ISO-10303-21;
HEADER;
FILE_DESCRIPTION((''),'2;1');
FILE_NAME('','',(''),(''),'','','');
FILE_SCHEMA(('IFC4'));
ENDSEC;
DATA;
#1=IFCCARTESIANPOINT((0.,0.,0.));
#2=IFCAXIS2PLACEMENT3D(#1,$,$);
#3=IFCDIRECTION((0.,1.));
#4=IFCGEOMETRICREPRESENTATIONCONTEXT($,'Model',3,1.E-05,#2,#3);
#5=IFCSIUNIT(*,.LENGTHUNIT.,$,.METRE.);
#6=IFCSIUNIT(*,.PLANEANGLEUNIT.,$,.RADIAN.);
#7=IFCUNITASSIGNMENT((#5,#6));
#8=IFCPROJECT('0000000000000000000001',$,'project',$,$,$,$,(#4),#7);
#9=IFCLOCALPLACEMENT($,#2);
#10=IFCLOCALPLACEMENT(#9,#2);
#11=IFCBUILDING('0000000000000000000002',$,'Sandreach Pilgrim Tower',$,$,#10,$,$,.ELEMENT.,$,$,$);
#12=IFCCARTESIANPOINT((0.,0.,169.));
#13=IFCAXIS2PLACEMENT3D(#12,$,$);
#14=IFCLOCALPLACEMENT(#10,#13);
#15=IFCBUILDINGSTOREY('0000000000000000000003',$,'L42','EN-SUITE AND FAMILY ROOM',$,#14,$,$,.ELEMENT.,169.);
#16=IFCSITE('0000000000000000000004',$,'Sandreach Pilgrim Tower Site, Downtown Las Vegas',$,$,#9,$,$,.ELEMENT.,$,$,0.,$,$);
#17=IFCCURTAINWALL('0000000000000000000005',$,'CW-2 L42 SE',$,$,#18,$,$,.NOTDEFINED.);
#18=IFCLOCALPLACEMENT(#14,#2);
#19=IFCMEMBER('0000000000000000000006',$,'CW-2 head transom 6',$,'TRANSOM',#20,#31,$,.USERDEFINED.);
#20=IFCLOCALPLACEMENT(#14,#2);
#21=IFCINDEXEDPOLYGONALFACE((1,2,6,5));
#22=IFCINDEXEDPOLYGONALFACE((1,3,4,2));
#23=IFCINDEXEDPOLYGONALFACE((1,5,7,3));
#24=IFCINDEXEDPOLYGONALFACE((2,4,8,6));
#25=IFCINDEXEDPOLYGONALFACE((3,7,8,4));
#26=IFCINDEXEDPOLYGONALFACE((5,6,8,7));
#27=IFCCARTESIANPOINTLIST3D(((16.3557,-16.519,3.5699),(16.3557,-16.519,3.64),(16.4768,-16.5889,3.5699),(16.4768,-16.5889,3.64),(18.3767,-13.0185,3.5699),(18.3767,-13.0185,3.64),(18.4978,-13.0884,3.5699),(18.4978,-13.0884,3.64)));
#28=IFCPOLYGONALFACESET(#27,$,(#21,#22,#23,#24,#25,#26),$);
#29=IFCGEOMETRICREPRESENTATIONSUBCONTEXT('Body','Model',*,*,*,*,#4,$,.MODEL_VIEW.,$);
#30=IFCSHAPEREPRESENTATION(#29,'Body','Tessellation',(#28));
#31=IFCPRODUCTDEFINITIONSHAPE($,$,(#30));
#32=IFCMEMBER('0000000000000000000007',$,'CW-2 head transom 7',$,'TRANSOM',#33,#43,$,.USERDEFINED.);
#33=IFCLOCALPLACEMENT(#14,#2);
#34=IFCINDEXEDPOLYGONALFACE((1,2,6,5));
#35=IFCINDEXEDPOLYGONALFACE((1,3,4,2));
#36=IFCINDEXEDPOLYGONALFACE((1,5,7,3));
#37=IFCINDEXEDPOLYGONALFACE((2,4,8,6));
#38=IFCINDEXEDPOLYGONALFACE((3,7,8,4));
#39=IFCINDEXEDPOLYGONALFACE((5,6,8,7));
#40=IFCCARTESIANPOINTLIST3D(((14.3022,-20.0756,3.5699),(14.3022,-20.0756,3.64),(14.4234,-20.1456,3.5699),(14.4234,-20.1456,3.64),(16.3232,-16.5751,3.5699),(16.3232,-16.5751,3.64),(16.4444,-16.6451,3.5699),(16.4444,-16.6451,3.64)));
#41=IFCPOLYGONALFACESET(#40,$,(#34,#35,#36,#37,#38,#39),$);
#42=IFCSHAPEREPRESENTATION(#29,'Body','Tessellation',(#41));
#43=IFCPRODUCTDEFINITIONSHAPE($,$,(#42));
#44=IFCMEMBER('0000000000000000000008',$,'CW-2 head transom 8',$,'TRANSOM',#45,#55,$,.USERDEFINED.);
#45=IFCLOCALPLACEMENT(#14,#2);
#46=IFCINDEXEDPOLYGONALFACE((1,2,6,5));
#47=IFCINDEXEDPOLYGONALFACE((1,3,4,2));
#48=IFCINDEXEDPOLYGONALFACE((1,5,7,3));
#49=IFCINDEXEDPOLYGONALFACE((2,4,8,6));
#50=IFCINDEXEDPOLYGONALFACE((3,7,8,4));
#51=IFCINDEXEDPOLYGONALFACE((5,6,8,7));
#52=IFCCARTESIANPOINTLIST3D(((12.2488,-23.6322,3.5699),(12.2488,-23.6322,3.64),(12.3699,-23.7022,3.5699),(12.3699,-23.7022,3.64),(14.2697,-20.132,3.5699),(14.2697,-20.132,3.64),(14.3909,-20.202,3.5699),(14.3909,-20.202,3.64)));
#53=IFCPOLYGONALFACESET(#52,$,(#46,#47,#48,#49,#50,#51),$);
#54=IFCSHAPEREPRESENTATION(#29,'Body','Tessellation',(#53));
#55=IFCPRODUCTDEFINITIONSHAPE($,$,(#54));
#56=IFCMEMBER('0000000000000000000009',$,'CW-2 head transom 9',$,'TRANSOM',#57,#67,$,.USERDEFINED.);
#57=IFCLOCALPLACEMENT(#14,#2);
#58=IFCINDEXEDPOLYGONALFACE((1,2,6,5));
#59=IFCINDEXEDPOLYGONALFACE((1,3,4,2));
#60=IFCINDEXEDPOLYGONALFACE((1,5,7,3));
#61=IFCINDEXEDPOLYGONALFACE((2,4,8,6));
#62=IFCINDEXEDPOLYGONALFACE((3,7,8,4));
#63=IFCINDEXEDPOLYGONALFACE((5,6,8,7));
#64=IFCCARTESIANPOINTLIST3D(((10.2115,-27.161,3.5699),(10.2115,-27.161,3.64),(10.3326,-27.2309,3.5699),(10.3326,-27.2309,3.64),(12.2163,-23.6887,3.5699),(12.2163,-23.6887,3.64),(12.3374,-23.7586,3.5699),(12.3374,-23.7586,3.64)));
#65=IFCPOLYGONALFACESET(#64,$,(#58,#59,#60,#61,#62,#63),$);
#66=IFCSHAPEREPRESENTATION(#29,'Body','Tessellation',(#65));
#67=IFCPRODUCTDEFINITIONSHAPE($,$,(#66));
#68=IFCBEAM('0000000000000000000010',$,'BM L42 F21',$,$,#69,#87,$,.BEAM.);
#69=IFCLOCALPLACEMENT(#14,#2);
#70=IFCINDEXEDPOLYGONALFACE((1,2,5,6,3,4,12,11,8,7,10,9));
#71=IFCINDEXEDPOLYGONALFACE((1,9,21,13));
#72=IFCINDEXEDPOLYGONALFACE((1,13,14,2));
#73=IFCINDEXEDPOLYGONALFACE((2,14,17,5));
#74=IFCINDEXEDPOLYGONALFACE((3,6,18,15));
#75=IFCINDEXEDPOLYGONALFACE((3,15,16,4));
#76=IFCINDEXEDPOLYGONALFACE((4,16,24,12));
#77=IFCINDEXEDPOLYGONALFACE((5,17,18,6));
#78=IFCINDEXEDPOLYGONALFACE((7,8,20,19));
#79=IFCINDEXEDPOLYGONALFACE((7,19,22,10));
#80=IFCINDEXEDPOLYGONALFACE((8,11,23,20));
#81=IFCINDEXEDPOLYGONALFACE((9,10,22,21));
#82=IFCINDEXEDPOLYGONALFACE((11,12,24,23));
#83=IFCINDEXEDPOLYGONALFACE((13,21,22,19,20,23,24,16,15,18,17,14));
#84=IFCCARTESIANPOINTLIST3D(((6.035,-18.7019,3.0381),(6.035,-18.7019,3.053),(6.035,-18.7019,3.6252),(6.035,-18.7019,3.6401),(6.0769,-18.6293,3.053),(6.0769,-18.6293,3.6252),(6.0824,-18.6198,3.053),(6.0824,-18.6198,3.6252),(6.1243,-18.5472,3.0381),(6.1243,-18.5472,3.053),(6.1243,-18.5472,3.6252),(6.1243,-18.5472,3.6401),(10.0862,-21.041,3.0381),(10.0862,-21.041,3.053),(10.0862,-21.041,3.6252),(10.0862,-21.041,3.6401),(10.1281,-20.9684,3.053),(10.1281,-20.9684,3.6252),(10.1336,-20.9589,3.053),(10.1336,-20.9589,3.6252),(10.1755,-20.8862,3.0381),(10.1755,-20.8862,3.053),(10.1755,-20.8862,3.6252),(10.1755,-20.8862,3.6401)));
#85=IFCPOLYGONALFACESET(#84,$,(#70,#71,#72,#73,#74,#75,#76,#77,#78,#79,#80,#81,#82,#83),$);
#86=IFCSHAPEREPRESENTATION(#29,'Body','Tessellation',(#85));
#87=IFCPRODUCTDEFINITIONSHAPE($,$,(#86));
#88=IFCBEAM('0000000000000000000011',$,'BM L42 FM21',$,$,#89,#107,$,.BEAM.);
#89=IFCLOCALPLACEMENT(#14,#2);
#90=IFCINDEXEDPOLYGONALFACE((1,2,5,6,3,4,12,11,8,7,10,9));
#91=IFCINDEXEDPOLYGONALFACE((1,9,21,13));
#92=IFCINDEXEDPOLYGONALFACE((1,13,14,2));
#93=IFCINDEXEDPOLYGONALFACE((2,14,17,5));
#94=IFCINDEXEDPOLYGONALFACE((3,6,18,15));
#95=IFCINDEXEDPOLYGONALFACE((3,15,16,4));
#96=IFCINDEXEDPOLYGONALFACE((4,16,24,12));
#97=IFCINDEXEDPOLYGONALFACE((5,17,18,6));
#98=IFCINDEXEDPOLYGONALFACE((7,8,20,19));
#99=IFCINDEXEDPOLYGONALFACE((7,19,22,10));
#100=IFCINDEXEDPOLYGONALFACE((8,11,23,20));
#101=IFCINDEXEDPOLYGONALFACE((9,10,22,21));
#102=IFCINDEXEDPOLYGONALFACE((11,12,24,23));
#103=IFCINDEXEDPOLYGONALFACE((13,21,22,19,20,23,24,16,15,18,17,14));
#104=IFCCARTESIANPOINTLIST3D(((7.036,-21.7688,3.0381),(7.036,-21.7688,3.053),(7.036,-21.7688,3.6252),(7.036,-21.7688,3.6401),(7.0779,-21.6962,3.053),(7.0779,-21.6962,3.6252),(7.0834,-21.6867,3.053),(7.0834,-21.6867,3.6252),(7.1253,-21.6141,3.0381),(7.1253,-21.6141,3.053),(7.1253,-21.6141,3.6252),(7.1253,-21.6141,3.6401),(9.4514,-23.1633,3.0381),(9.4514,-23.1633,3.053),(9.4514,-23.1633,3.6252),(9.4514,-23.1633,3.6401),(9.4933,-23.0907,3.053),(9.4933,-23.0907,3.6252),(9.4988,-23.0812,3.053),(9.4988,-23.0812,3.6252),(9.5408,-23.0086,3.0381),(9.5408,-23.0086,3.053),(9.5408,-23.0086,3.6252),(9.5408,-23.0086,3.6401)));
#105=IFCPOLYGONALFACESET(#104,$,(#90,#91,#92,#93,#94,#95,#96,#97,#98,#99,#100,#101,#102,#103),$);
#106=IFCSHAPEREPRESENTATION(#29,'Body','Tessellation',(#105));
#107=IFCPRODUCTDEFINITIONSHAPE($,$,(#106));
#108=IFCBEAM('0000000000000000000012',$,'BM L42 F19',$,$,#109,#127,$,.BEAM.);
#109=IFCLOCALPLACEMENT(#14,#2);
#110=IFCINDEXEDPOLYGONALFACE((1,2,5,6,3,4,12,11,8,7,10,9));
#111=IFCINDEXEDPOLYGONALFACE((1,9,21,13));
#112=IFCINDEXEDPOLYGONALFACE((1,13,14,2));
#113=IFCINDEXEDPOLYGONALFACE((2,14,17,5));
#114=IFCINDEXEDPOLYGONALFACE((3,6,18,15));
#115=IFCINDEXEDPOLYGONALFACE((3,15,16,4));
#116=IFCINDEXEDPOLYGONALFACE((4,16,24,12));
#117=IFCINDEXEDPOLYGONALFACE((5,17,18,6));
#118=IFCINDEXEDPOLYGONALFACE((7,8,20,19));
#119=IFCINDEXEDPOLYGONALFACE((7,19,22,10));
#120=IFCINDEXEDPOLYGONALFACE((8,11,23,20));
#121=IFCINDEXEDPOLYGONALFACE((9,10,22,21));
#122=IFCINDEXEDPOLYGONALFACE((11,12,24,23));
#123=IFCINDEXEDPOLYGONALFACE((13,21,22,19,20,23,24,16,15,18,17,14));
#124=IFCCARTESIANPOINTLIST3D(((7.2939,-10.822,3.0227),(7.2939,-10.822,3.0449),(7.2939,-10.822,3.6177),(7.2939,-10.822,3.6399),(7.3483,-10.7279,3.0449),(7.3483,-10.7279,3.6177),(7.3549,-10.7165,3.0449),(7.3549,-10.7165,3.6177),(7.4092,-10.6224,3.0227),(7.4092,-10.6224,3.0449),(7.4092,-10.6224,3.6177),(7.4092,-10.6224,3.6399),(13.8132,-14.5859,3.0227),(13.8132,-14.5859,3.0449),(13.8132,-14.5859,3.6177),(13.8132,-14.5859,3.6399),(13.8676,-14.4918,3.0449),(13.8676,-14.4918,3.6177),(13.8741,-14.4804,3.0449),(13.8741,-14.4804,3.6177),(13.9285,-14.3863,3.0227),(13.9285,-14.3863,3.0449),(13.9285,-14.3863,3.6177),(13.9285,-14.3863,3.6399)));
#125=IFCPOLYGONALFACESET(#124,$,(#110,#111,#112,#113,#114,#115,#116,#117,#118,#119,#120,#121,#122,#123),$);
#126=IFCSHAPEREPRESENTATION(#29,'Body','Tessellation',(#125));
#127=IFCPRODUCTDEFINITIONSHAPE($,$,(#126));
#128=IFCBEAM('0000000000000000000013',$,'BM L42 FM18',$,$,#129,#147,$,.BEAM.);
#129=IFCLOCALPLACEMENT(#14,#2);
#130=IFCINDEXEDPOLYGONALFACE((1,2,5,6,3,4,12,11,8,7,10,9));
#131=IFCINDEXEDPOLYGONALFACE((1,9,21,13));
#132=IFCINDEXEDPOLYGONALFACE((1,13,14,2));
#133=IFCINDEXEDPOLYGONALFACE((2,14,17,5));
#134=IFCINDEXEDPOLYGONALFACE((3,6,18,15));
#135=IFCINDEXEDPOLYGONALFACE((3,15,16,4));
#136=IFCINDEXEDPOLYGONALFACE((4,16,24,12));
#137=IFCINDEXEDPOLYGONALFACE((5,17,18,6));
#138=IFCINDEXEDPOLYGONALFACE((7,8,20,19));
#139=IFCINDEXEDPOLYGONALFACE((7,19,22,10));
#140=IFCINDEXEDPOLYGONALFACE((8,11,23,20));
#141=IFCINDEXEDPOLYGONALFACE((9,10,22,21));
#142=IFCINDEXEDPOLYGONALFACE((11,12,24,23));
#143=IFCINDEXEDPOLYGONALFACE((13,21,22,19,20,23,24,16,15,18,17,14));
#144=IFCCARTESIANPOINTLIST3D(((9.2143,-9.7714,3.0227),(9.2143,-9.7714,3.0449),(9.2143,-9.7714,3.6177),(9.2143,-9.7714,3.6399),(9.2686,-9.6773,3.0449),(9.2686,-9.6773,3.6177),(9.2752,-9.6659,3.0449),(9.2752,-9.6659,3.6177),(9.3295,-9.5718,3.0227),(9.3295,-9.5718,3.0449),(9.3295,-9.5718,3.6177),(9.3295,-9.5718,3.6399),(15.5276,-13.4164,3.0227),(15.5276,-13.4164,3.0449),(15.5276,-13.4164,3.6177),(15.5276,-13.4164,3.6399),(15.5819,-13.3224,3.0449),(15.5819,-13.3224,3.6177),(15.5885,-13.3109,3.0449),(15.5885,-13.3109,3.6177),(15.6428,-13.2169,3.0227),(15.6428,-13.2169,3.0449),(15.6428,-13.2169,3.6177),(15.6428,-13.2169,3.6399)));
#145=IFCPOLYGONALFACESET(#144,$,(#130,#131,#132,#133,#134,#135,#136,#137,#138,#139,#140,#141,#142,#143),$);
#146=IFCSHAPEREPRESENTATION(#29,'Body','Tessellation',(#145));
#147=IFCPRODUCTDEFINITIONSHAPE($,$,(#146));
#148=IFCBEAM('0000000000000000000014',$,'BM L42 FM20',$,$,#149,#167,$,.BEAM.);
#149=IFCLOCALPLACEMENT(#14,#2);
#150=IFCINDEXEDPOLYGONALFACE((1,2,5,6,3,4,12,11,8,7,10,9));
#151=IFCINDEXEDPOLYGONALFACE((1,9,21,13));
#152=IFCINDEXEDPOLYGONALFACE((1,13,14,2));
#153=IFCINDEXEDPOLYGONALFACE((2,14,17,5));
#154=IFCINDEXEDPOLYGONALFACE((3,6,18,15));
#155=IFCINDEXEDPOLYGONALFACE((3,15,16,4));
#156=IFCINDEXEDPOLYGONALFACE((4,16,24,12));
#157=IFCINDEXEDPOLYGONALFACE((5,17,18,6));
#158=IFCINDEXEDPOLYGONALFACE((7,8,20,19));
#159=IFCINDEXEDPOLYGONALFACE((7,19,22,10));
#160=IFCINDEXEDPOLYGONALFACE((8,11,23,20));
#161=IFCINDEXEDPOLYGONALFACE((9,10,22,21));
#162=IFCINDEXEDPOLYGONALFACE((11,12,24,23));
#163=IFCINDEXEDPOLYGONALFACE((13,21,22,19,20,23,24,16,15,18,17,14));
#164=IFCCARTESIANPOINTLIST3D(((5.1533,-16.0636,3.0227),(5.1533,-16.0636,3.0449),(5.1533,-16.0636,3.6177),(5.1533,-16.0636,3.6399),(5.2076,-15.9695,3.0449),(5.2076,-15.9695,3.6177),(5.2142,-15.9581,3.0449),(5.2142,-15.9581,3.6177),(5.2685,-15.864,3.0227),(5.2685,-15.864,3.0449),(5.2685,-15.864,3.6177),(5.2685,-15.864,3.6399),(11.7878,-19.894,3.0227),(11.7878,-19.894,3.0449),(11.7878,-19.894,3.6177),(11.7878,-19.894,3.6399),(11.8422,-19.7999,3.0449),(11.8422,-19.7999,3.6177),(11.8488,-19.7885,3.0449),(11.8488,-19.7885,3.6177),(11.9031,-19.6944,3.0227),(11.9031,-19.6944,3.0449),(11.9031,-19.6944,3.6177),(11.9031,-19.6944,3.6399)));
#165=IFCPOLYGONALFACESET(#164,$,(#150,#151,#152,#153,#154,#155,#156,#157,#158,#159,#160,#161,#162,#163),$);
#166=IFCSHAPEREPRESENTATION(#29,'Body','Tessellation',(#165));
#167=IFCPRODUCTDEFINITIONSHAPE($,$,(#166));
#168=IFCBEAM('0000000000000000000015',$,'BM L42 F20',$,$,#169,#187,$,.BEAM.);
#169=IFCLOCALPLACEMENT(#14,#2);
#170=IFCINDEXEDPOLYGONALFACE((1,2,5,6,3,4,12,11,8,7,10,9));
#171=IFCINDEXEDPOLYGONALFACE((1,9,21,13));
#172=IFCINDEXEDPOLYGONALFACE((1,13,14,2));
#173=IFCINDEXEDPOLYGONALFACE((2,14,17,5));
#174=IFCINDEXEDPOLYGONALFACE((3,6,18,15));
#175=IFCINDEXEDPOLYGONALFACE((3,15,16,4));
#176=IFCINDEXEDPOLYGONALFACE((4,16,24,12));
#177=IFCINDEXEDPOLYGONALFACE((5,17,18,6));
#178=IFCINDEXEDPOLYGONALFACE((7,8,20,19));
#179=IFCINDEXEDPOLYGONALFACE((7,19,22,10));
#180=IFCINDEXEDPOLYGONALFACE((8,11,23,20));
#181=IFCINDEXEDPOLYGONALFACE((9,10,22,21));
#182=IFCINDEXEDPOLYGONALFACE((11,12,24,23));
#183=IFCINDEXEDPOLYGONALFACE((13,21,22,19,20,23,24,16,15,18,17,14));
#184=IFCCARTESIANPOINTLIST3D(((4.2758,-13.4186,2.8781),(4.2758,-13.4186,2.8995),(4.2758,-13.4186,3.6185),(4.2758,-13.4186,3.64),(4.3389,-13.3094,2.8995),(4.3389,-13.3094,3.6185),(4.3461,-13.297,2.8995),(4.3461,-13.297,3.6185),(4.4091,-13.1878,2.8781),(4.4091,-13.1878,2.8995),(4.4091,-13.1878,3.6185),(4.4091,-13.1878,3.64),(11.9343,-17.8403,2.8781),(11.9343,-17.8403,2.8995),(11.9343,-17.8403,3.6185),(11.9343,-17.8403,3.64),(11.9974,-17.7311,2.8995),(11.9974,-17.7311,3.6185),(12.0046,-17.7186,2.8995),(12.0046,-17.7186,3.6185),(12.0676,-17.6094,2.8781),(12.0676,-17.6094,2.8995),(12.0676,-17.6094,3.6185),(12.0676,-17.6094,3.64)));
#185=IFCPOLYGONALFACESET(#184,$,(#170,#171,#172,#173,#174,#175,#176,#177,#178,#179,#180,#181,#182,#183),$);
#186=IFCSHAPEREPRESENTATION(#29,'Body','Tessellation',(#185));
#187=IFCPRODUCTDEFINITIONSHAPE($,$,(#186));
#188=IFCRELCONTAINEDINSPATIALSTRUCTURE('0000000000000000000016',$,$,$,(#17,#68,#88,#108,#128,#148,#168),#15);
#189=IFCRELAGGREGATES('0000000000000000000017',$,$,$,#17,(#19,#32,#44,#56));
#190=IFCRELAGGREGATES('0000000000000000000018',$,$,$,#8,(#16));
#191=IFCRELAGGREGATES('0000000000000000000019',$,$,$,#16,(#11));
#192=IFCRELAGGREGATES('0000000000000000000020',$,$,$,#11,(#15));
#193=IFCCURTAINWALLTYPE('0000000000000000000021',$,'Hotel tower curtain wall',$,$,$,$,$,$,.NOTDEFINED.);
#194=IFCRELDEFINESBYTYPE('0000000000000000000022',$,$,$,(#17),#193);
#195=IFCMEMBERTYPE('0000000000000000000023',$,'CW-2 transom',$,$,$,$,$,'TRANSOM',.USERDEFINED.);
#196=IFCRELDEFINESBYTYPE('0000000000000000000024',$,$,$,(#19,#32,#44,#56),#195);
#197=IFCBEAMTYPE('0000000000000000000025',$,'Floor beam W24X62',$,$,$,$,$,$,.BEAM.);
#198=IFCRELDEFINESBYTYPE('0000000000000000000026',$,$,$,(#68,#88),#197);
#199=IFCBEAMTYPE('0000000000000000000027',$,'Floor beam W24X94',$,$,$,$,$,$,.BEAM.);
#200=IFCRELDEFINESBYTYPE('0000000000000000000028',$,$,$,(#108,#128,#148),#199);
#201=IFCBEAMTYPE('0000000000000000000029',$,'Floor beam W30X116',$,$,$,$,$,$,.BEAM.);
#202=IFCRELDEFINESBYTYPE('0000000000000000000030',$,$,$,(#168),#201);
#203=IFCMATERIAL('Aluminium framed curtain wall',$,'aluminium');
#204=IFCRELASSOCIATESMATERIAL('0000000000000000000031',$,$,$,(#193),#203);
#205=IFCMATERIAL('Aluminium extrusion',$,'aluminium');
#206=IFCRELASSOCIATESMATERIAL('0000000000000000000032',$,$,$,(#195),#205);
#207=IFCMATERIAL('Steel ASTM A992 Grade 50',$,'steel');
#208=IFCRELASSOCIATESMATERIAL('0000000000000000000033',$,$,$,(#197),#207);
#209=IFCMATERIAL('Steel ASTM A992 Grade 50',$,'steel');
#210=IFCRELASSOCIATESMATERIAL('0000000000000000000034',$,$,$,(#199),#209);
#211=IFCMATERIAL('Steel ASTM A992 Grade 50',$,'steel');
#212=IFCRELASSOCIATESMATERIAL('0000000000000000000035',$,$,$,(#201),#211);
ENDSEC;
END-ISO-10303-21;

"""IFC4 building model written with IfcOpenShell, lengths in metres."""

from ifc_helpers import new_model, si_unit, direction, frame, origin, origin_2d, place, context, subcontext, project, spatial, rectangle, i_section, extrude, material, material_profile, profile_set, type_object, element, aggregate, save


model = new_model("IFC4")

# Units and contexts
model_context = context("Model", 3, precision=1e-05, world=origin(), true_north=direction((0.0, 1.0)))
body_context = subcontext(model_context, "Body", "Model", "MODEL_VIEW")
ifc_project = project(units=[si_unit("LENGTHUNIT", "METRE"), si_unit("PLANEANGLEUNIT", "RADIAN")], contexts=[model_context])

# Site, building, storey
site_placement = place(None, origin())
site = spatial("IfcSite", under=ifc_project, at=site_placement, Name="Sandreach Pilgrim Tower Site, Downtown Las Vegas", CompositionType="ELEMENT", RefElevation=0.0)
building_placement = place(site_placement, origin())
building = spatial("IfcBuilding", under=site, at=building_placement, Name="Sandreach Pilgrim Tower", CompositionType="ELEMENT")
storey_placement = place(building_placement, frame((0.0, 0.0, 169.0)))
storey = spatial("IfcBuildingStorey", under=building, at=storey_placement, Name="L42", Description="EN-SUITE AND FAMILY ROOM", CompositionType="ELEMENT", Elevation=169.0)

# Curtain wall
ifc_material_1 = material(Name="Aluminium framed curtain wall", Category="aluminium")
curtain_wall_type = type_object("IfcCurtainWallType", Name="Hotel tower curtain wall", PredefinedType="NOTDEFINED", material=ifc_material_1)
curtain_wall_1_placement = place(storey_placement, origin())
curtain_wall_1 = element("IfcCurtainWall", 1, at=curtain_wall_1_placement, inside=storey, type_object=curtain_wall_type, Name="CW-2 L42 SE", PredefinedType="NOTDEFINED")

# Members
ifc_material_2 = material(Name="Aluminium extrusion", Category="aluminium")
ifc_material_profile_1 = material_profile(ifc_material_2, rectangle(XDim=0.1399, YDim=0.0701, at=origin_2d()), Name="CW-2T 140X70")
ifc_profile_set_1 = profile_set([ifc_material_profile_1], Name="Aluminium extrusion")
member_type_1 = type_object("IfcMemberType", Name="CW-2 transom", ElementType="TRANSOM", PredefinedType="USERDEFINED", material=ifc_profile_set_1)
member_1_placement = place(storey_placement, frame((18.4373, -13.0535, 3.605), z_axis=(-0.499998, -0.866027, 0.0), x_axis=(0.866027, -0.499998, 0.0)))
member_1 = element("IfcMember", 2, at=member_1_placement, type_object=member_type_1, Name="CW-2 head transom 6", ObjectType="TRANSOM", PredefinedType="USERDEFINED", context=body_context, shape_type="SweptSolid", body=[
    extrude(rectangle(XDim=0.1399, YDim=0.0701, at=origin_2d()), origin(), (0.0, 0.0, 1.0), 4.042),
])
member_2_placement = place(storey_placement, frame((16.3838, -16.6101, 3.605), z_axis=(-0.499998, -0.866027, 0.0), x_axis=(0.866027, -0.499998, 0.0)))
member_2 = element("IfcMember", 3, at=member_2_placement, type_object=member_type_1, Name="CW-2 head transom 7", ObjectType="TRANSOM", PredefinedType="USERDEFINED", context=body_context, shape_type="SweptSolid", body=[
    extrude(rectangle(XDim=0.1399, YDim=0.0701, at=origin_2d()), origin(), (0.0, 0.0, 1.0), 4.042),
])
member_3_placement = place(storey_placement, frame((14.3303, -20.167, 3.605), z_axis=(-0.500024, -0.866012, 0.0), x_axis=(0.866012, -0.500024, 0.0)))
member_3 = element("IfcMember", 4, at=member_3_placement, type_object=member_type_1, Name="CW-2 head transom 8", ObjectType="TRANSOM", PredefinedType="USERDEFINED", context=body_context, shape_type="SweptSolid", body=[
    extrude(rectangle(XDim=0.1399, YDim=0.0701, at=origin_2d()), origin(), (0.0, 0.0, 1.0), 4.0417),
])
member_4_placement = place(storey_placement, frame((12.2769, -23.7236, 3.605), z_axis=(-0.500016, -0.866016, 0.0), x_axis=(0.866016, -0.500016, 0.0)))
member_4 = element("IfcMember", 5, at=member_4_placement, type_object=member_type_1, Name="CW-2 head transom 9", ObjectType="TRANSOM", PredefinedType="USERDEFINED", context=body_context, shape_type="SweptSolid", body=[
    extrude(rectangle(XDim=0.1399, YDim=0.0701, at=origin_2d()), origin(), (0.0, 0.0, 1.0), 4.0095),
])

# Beams
ifc_material_3 = material(Name="Steel ASTM A992 Grade 50", Category="steel")
ifc_material_profile_2 = material_profile(ifc_material_3, i_section(OverallWidth=0.1787, OverallDepth=0.6021, WebThickness=0.011, FlangeThickness=0.0149, at=origin_2d()), Name="W24X62")
ifc_profile_set_2 = profile_set([ifc_material_profile_2], Name="Steel ASTM A992 Grade 50")
beam_type_1 = type_object("IfcBeamType", Name="Floor beam W24X62", PredefinedType="BEAM", material=ifc_profile_set_2)
beam_1_placement = place(storey_placement, frame((10.1309, -20.9636, 3.3391), z_axis=(-0.866015, 0.500018, 0.0), x_axis=(-0.500018, -0.866015, 0.0)))
element("IfcBeam", 6, at=beam_1_placement, inside=storey, type_object=beam_type_1, Name="BM L42 F21", PredefinedType="BEAM", context=body_context, shape_type="SweptSolid", body=[
    extrude(i_section(OverallWidth=0.1787, OverallDepth=0.6021, WebThickness=0.011, FlangeThickness=0.0149, at=origin_2d()), origin(), (0.0, 0.0, 1.0), 4.678),
])
beam_2_placement = place(storey_placement, frame((9.4961, -23.0859, 3.3391), z_axis=(-0.866037, 0.49998, 0.0), x_axis=(-0.49998, -0.866037, 0.0)))
element("IfcBeam", 7, at=beam_2_placement, inside=storey, type_object=beam_type_1, Name="BM L42 FM21", PredefinedType="BEAM", context=body_context, shape_type="SweptSolid", body=[
    extrude(i_section(OverallWidth=0.1787, OverallDepth=0.6021, WebThickness=0.011, FlangeThickness=0.0149, at=origin_2d()), origin(), (0.0, 0.0, 1.0), 2.7891),
])
ifc_material_4 = material(Name="Steel ASTM A992 Grade 50", Category="steel")
ifc_material_profile_3 = material_profile(ifc_material_4, i_section(OverallWidth=0.2305, OverallDepth=0.6172, WebThickness=0.0132, FlangeThickness=0.0222, at=origin_2d()), Name="W24X94")
ifc_profile_set_3 = profile_set([ifc_material_profile_3], Name="Steel ASTM A992 Grade 50")
beam_type_2 = type_object("IfcBeamType", Name="Floor beam W24X94", PredefinedType="BEAM", material=ifc_profile_set_3)
beam_3_placement = place(storey_placement, frame((13.8708, -14.4861, 3.3313), z_axis=(-0.866025, 0.5, 0.0), x_axis=(-0.5, -0.866025, 0.0)))
element("IfcBeam", 8, at=beam_3_placement, inside=storey, type_object=beam_type_2, Name="BM L42 F19", PredefinedType="BEAM", context=body_context, shape_type="SweptSolid", body=[
    extrude(i_section(OverallWidth=0.2305, OverallDepth=0.6172, WebThickness=0.0132, FlangeThickness=0.0222, at=origin_2d()), origin(), (0.0, 0.0, 1.0), 7.5278),
])
beam_4_placement = place(storey_placement, frame((15.5852, -13.3167, 3.3313), z_axis=(-0.866021, 0.500008, 0.0), x_axis=(-0.500008, -0.866021, 0.0)))
element("IfcBeam", 9, at=beam_4_placement, inside=storey, type_object=beam_type_2, Name="BM L42 FM18", PredefinedType="BEAM", context=body_context, shape_type="SweptSolid", body=[
    extrude(i_section(OverallWidth=0.2305, OverallDepth=0.6172, WebThickness=0.0132, FlangeThickness=0.0222, at=origin_2d()), origin(), (0.0, 0.0, 1.0), 7.29),
])
beam_5_placement = place(storey_placement, frame((11.8455, -19.7942, 3.3313), z_axis=(-0.866032, 0.499988, 0.0), x_axis=(-0.499988, -0.866032, 0.0)))
element("IfcBeam", 10, at=beam_5_placement, inside=storey, type_object=beam_type_2, Name="BM L42 FM20", PredefinedType="BEAM", context=body_context, shape_type="SweptSolid", body=[
    extrude(i_section(OverallWidth=0.2305, OverallDepth=0.6172, WebThickness=0.0132, FlangeThickness=0.0222, at=origin_2d()), origin(), (0.0, 0.0, 1.0), 7.6609),
])
ifc_material_5 = material(Name="Steel ASTM A992 Grade 50", Category="steel")
ifc_material_profile_4 = material_profile(ifc_material_5, i_section(OverallWidth=0.2666, OverallDepth=0.762, WebThickness=0.0144, FlangeThickness=0.0215, at=origin_2d()), Name="W30X116")
ifc_profile_set_4 = profile_set([ifc_material_profile_4], Name="Steel ASTM A992 Grade 50")
beam_type_3 = type_object("IfcBeamType", Name="Floor beam W30X116", PredefinedType="BEAM", material=ifc_profile_set_4)
beam_6_placement = place(storey_placement, frame((12.001, -17.7249, 3.259), z_axis=(-0.866024, 0.500002, 0.0), x_axis=(-0.500002, -0.866024, 0.0)))
element("IfcBeam", 11, at=beam_6_placement, inside=storey, type_object=beam_type_3, Name="BM L42 F20", PredefinedType="BEAM", context=body_context, shape_type="SweptSolid", body=[
    extrude(i_section(OverallWidth=0.2666, OverallDepth=0.762, WebThickness=0.0144, FlangeThickness=0.0215, at=origin_2d()), origin(), (0.0, 0.0, 1.0), 8.8433),
])

aggregate(curtain_wall_1, [member_1, member_2, member_3, member_4])

save(model, "model.ifc")
